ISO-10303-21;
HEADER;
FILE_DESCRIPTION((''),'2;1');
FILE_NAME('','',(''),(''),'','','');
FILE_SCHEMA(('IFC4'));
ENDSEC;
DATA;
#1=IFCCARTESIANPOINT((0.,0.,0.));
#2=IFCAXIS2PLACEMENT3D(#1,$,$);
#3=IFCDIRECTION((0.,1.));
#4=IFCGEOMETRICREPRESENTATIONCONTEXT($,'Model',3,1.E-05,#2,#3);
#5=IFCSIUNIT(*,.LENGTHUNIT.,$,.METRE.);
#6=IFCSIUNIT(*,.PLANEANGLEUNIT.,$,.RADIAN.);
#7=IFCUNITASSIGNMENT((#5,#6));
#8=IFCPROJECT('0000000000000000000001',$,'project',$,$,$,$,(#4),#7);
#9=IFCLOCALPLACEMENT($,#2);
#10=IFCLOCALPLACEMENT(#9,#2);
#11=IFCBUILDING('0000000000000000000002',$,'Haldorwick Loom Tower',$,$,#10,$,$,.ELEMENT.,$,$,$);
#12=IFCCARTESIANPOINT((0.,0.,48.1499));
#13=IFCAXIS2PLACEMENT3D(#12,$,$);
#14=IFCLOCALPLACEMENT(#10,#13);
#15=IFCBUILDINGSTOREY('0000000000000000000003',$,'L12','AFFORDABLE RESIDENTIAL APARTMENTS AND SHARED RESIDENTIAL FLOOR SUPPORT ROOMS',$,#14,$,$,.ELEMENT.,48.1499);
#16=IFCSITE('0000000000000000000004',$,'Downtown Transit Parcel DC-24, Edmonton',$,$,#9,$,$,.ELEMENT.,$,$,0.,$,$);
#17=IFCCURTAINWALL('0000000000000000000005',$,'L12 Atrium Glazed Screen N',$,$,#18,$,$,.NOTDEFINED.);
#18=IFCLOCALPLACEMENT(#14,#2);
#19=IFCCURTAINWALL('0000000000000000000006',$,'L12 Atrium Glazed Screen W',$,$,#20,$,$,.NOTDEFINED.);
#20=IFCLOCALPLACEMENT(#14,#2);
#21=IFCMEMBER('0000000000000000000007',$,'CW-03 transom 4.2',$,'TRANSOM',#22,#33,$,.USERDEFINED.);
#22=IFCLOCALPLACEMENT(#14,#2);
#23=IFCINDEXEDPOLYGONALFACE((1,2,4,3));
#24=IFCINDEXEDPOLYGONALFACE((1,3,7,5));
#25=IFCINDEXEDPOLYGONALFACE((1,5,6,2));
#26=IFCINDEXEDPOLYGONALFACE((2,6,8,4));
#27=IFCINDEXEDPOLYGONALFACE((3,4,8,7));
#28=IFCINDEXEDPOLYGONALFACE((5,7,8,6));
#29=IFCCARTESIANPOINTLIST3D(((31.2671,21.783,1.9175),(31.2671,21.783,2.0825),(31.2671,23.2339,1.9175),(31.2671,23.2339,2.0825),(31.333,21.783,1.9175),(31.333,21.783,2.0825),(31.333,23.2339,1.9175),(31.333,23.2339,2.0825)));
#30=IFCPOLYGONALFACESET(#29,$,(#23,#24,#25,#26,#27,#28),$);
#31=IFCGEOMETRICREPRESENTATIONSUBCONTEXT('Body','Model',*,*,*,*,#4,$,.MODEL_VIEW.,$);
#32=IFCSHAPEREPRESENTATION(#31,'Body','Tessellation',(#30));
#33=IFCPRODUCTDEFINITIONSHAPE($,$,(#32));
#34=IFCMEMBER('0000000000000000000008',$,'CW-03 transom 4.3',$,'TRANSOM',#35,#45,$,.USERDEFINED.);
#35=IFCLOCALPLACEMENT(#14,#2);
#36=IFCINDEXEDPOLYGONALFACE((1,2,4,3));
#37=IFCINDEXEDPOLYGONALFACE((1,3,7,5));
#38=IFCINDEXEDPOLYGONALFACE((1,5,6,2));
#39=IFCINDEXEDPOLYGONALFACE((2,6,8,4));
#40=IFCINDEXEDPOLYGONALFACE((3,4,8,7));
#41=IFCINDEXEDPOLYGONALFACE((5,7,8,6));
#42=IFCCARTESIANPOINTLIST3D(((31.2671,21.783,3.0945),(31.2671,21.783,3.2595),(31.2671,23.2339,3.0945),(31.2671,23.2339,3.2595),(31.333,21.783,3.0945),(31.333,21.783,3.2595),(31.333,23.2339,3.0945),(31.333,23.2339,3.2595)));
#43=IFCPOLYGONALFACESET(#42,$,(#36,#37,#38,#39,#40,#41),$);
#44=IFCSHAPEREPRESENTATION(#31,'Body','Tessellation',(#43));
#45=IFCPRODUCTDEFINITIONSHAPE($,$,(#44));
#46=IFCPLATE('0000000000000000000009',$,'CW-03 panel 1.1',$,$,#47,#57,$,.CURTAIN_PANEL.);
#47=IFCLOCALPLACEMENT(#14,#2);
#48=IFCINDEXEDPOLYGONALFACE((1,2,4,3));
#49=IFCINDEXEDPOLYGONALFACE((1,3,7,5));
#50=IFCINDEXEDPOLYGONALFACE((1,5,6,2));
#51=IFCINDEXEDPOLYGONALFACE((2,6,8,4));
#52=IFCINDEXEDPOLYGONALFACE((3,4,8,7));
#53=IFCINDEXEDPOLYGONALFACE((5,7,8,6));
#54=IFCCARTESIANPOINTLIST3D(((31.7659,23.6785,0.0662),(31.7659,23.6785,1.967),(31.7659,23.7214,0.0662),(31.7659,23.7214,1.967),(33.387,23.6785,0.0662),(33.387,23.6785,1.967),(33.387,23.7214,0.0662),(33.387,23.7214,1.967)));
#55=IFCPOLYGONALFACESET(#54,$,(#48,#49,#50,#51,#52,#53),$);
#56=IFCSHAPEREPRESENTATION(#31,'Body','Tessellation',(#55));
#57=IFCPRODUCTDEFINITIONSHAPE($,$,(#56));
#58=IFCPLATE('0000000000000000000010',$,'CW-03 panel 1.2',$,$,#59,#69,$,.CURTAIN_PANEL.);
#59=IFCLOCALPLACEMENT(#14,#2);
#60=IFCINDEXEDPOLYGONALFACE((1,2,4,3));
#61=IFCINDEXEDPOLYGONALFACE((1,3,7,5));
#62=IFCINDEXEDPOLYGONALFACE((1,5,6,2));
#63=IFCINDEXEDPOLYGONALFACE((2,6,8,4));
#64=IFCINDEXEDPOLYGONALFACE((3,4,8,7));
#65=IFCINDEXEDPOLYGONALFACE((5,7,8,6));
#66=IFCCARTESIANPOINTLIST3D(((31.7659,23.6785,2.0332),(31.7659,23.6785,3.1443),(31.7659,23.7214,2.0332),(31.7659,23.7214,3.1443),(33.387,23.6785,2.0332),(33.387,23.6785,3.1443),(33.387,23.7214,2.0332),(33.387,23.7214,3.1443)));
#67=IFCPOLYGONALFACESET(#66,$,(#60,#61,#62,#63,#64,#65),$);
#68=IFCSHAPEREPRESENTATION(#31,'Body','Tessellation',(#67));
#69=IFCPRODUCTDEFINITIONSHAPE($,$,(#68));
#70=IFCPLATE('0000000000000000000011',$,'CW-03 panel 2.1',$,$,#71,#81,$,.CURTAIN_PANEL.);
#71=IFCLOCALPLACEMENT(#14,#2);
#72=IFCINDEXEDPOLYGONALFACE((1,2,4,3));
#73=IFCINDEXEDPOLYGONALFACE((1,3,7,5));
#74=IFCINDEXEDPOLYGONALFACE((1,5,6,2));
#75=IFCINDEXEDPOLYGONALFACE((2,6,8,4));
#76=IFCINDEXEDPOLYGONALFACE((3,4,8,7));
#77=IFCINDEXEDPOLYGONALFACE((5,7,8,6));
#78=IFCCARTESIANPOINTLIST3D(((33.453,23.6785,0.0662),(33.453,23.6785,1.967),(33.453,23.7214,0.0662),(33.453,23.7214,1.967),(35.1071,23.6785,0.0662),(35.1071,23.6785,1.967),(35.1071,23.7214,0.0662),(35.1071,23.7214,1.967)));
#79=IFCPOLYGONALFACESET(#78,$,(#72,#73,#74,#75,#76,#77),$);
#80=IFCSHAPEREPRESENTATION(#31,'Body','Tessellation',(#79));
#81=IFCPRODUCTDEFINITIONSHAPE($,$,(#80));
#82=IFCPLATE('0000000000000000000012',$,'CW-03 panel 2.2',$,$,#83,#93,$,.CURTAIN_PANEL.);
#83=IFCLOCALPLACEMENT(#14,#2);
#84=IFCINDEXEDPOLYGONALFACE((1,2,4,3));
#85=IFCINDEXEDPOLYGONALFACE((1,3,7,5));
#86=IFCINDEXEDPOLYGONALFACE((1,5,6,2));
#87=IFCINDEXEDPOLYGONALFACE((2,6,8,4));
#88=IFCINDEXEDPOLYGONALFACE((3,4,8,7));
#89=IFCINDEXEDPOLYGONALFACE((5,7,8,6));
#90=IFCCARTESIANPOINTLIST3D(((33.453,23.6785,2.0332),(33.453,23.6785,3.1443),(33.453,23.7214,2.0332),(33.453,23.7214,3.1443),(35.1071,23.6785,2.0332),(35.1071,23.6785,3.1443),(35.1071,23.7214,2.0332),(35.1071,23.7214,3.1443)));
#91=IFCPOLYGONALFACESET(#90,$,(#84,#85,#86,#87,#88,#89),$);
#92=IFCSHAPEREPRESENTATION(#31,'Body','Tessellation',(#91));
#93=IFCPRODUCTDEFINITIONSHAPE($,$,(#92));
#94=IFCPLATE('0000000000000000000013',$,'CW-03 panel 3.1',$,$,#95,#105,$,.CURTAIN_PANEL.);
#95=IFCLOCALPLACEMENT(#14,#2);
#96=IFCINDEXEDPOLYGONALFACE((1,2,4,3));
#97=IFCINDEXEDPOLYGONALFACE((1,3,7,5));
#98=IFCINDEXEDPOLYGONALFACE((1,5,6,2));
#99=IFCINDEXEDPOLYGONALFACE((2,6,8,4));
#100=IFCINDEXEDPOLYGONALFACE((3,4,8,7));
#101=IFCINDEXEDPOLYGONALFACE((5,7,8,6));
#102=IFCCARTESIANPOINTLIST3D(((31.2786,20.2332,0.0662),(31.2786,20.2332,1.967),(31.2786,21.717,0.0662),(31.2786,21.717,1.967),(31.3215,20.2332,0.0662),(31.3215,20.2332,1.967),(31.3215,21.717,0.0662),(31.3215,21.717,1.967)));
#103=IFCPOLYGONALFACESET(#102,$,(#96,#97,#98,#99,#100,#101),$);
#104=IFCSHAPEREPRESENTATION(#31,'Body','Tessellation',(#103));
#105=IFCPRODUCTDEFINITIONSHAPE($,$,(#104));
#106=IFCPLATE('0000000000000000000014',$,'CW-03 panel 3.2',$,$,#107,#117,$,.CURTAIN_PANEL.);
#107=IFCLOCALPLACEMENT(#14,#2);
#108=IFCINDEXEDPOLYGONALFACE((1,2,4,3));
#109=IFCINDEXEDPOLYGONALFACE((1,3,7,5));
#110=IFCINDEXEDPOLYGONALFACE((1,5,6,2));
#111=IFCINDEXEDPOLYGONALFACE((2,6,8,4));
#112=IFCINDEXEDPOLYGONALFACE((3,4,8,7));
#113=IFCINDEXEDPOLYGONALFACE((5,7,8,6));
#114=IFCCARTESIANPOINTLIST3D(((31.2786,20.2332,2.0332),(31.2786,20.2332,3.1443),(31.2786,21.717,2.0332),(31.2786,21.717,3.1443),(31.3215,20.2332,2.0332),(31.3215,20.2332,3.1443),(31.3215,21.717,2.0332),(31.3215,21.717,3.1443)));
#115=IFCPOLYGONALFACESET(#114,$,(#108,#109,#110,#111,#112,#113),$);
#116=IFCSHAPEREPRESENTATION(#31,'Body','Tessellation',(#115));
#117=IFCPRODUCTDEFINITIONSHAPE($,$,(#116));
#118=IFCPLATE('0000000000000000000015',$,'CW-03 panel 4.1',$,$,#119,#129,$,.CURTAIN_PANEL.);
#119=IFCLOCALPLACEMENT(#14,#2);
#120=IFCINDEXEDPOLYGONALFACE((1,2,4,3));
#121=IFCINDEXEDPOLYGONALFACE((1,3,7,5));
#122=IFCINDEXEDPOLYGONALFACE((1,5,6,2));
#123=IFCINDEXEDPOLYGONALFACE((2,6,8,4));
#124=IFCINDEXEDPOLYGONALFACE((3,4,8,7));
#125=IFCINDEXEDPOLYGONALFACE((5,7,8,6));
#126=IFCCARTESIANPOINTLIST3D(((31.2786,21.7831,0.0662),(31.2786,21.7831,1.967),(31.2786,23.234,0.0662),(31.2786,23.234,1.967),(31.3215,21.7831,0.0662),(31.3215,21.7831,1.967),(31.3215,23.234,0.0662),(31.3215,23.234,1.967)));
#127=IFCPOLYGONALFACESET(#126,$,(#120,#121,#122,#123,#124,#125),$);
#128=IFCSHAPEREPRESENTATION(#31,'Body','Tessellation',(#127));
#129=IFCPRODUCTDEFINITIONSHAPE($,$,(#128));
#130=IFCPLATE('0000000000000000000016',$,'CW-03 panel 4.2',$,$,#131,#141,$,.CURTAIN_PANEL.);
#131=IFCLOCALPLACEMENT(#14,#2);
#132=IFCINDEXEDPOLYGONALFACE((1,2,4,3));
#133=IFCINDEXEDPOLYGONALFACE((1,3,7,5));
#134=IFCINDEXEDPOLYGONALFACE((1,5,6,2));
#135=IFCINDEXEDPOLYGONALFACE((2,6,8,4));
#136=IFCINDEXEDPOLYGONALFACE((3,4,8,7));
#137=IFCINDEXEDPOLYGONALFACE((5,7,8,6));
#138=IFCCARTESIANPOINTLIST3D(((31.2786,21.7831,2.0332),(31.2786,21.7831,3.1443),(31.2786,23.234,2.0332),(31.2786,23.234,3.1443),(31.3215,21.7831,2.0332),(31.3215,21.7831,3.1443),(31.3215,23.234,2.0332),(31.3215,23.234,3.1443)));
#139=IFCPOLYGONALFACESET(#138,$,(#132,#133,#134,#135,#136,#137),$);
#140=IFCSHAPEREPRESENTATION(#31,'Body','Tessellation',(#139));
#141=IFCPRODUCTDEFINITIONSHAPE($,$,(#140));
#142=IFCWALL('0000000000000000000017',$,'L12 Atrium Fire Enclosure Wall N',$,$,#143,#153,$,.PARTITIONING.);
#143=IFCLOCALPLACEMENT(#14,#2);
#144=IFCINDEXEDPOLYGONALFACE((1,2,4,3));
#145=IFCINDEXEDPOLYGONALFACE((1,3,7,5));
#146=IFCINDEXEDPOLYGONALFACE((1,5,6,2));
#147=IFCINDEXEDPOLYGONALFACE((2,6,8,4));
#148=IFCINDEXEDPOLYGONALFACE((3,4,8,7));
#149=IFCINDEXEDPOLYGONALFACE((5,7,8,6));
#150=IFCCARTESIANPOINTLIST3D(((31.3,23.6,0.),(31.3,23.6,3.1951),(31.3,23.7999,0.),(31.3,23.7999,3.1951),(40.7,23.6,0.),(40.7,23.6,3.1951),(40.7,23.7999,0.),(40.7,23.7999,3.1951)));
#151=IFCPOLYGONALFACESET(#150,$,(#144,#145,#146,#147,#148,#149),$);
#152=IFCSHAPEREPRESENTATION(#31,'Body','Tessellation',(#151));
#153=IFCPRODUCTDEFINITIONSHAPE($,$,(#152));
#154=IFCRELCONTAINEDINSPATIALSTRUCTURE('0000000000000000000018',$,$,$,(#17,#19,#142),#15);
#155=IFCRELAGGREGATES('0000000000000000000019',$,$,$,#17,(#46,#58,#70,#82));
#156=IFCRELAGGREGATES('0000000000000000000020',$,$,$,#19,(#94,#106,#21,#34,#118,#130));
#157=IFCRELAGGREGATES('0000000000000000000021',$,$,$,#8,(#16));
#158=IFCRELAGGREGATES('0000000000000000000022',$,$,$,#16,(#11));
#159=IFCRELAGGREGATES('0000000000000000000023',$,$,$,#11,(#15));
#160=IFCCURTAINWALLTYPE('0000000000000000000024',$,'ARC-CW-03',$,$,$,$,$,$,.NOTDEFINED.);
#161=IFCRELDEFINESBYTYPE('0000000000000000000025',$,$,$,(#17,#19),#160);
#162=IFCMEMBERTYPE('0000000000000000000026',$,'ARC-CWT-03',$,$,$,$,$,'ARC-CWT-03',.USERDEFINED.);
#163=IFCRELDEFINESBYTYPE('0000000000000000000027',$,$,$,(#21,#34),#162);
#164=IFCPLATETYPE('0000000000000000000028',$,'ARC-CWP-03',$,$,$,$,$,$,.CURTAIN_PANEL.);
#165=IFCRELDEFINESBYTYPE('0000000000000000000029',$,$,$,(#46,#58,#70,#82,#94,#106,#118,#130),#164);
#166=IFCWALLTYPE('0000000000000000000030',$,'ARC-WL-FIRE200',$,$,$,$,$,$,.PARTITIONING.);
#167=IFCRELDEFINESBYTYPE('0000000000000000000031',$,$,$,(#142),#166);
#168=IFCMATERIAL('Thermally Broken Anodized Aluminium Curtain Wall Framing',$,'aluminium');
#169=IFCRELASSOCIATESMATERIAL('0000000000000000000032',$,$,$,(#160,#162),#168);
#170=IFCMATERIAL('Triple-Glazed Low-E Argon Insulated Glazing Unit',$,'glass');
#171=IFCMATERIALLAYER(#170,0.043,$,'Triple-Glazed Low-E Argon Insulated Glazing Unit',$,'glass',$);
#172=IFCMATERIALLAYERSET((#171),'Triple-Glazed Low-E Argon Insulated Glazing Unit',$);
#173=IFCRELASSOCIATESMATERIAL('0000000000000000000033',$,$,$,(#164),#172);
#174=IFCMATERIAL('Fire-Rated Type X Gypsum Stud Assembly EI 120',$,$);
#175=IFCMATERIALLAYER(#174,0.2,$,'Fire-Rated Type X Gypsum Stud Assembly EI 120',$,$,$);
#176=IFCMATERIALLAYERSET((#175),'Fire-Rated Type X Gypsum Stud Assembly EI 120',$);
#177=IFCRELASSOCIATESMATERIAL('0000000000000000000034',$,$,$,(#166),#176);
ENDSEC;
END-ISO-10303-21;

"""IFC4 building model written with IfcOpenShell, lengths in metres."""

from ifc_helpers import new_model, si_unit, direction, frame, frame_2d, origin, origin_2d, place, context, subcontext, project, spatial, rectangle, extrude, material, layer, layer_set, material_profile, profile_set, type_object, element, aggregate, save


model = new_model("IFC4")

# Units and contexts
model_context = context("Model", 3, precision=1e-05, world=origin(), true_north=direction((0.0, 1.0)))
body_context = subcontext(model_context, "Body", "Model", "MODEL_VIEW")
ifc_project = project(units=[si_unit("LENGTHUNIT", "METRE"), si_unit("PLANEANGLEUNIT", "RADIAN")], contexts=[model_context])

# Site, building, storey
site_placement = place(None, origin())
site = spatial("IfcSite", under=ifc_project, at=site_placement, Name="Downtown Transit Parcel DC-24, Edmonton", CompositionType="ELEMENT", RefElevation=0.0)
building_placement = place(site_placement, origin())
building = spatial("IfcBuilding", under=site, at=building_placement, Name="Haldorwick Loom Tower", CompositionType="ELEMENT")
storey_placement = place(building_placement, frame((0.0, 0.0, 48.1499)))
storey = spatial("IfcBuildingStorey", under=building, at=storey_placement, Name="L12", Description="AFFORDABLE RESIDENTIAL APARTMENTS AND SHARED RESIDENTIAL FLOOR SUPPORT ROOMS", CompositionType="ELEMENT", Elevation=48.1499)

# Curtain walls
ifc_material_1 = material(Name="Thermally Broken Anodized Aluminium Curtain Wall Framing", Category="aluminium")
curtain_wall_type = type_object("IfcCurtainWallType", Name="ARC-CW-03", PredefinedType="NOTDEFINED", material=ifc_material_1)
curtain_wall_1_placement = place(storey_placement, origin())
curtain_wall_1 = element("IfcCurtainWall", 1, at=curtain_wall_1_placement, inside=storey, type_object=curtain_wall_type, Name="L12 Atrium Glazed Screen N", PredefinedType="NOTDEFINED")
curtain_wall_2_placement = place(storey_placement, origin())
curtain_wall_2 = element("IfcCurtainWall", 2, at=curtain_wall_2_placement, inside=storey, type_object=curtain_wall_type, Name="L12 Atrium Glazed Screen W", PredefinedType="NOTDEFINED")

# Members
ifc_material_profile_1 = material_profile(ifc_material_1, rectangle(XDim=0.0659, YDim=0.165, at=origin_2d()), Name="ALU_TRN_66X165", Category="aluminium")
ifc_profile_set_1 = profile_set([ifc_material_profile_1], Name="Thermally Broken Anodized Aluminium Curtain Wall Framing")
member_type_1 = type_object("IfcMemberType", Name="ARC-CWT-03", ElementType="ARC-CWT-03", PredefinedType="USERDEFINED", material=ifc_profile_set_1)
member_1_placement = place(storey_placement, frame((31.3, 21.783, 2.0), z_axis=(0.0, 1.0, 0.0), x_axis=(-1.0, 0.0, 0.0)))
member_1 = element("IfcMember", 3, at=member_1_placement, type_object=member_type_1, Name="CW-03 transom 4.2", ObjectType="TRANSOM", PredefinedType="USERDEFINED", context=body_context, shape_type="SweptSolid", body=[
    extrude(rectangle(XDim=0.0659, YDim=0.165, at=origin_2d()), origin(), (0.0, 0.0, 1.0), 1.4509),
])
member_2_placement = place(storey_placement, frame((31.3, 21.783, 3.177), z_axis=(0.0, 1.0, 0.0), x_axis=(-1.0, 0.0, 0.0)))
member_2 = element("IfcMember", 4, at=member_2_placement, type_object=member_type_1, Name="CW-03 transom 4.3", ObjectType="TRANSOM", PredefinedType="USERDEFINED", context=body_context, shape_type="SweptSolid", body=[
    extrude(rectangle(XDim=0.0659, YDim=0.165, at=origin_2d()), origin(), (0.0, 0.0, 1.0), 1.4509),
])

# Plates
ifc_material_2 = material(Name="Triple-Glazed Low-E Argon Insulated Glazing Unit", Category="glass")
ifc_layer_1 = layer(ifc_material_2, 0.043, Name="Triple-Glazed Low-E Argon Insulated Glazing Unit", Category="glass")
ifc_layer_set_1 = layer_set([ifc_layer_1], Name="Triple-Glazed Low-E Argon Insulated Glazing Unit")
plate_type = type_object("IfcPlateType", Name="ARC-CWP-03", PredefinedType="CURTAIN_PANEL", material=ifc_layer_set_1)
plate_1_placement = place(storey_placement, frame((32.5764, 23.7, 0.0662), z_axis=(0.0, 0.0, 1.0), x_axis=(1.0, 0.0, 0.0)))
plate_1 = element("IfcPlate", 5, at=plate_1_placement, type_object=plate_type, Name="CW-03 panel 1.1", PredefinedType="CURTAIN_PANEL", context=body_context, shape_type="SweptSolid", body=[
    extrude(rectangle(XDim=1.6211, YDim=0.043, at=origin_2d()), origin(), (0.0, 0.0, 1.0), 1.9009),
])
plate_2_placement = place(storey_placement, frame((32.5764, 23.7, 2.0332), z_axis=(0.0, 0.0, 1.0), x_axis=(1.0, 0.0, 0.0)))
plate_2 = element("IfcPlate", 6, at=plate_2_placement, type_object=plate_type, Name="CW-03 panel 1.2", PredefinedType="CURTAIN_PANEL", context=body_context, shape_type="SweptSolid", body=[
    extrude(rectangle(XDim=1.6211, YDim=0.043, at=origin_2d()), origin(), (0.0, 0.0, 1.0), 1.1111),
])
plate_3_placement = place(storey_placement, frame((34.28, 23.7, 0.0662), z_axis=(0.0, 0.0, 1.0), x_axis=(1.0, 0.0, 0.0)))
plate_3 = element("IfcPlate", 7, at=plate_3_placement, type_object=plate_type, Name="CW-03 panel 2.1", PredefinedType="CURTAIN_PANEL", context=body_context, shape_type="SweptSolid", body=[
    extrude(rectangle(XDim=1.6541, YDim=0.043, at=origin_2d()), origin(), (0.0, 0.0, 1.0), 1.9009),
])
plate_4_placement = place(storey_placement, frame((34.28, 23.7, 2.0332), z_axis=(0.0, 0.0, 1.0), x_axis=(1.0, 0.0, 0.0)))
plate_4 = element("IfcPlate", 8, at=plate_4_placement, type_object=plate_type, Name="CW-03 panel 2.2", PredefinedType="CURTAIN_PANEL", context=body_context, shape_type="SweptSolid", body=[
    extrude(rectangle(XDim=1.6541, YDim=0.043, at=origin_2d()), origin(), (0.0, 0.0, 1.0), 1.1111),
])
aggregate(curtain_wall_1, [plate_1, plate_2, plate_3, plate_4])
plate_5_placement = place(storey_placement, frame((31.3, 20.9751, 0.0662), z_axis=(0.0, 0.0, 1.0), x_axis=(0.0, 1.0, 0.0)))
plate_5 = element("IfcPlate", 9, at=plate_5_placement, type_object=plate_type, Name="CW-03 panel 3.1", PredefinedType="CURTAIN_PANEL", context=body_context, shape_type="SweptSolid", body=[
    extrude(rectangle(XDim=1.4839, YDim=0.043, at=origin_2d()), origin(), (0.0, 0.0, 1.0), 1.9009),
])
plate_6_placement = place(storey_placement, frame((31.3, 20.9751, 2.0332), z_axis=(0.0, 0.0, 1.0), x_axis=(0.0, 1.0, 0.0)))
plate_6 = element("IfcPlate", 10, at=plate_6_placement, type_object=plate_type, Name="CW-03 panel 3.2", PredefinedType="CURTAIN_PANEL", context=body_context, shape_type="SweptSolid", body=[
    extrude(rectangle(XDim=1.4839, YDim=0.043, at=origin_2d()), origin(), (0.0, 0.0, 1.0), 1.1111),
])
plate_7_placement = place(storey_placement, frame((31.3, 22.5085, 0.0662), z_axis=(0.0, 0.0, 1.0), x_axis=(0.0, 1.0, 0.0)))
plate_7 = element("IfcPlate", 11, at=plate_7_placement, type_object=plate_type, Name="CW-03 panel 4.1", PredefinedType="CURTAIN_PANEL", context=body_context, shape_type="SweptSolid", body=[
    extrude(rectangle(XDim=1.4509, YDim=0.043, at=origin_2d()), origin(), (0.0, 0.0, 1.0), 1.9009),
])
plate_8_placement = place(storey_placement, frame((31.3, 22.5085, 2.0332), z_axis=(0.0, 0.0, 1.0), x_axis=(0.0, 1.0, 0.0)))
plate_8 = element("IfcPlate", 12, at=plate_8_placement, type_object=plate_type, Name="CW-03 panel 4.2", PredefinedType="CURTAIN_PANEL", context=body_context, shape_type="SweptSolid", body=[
    extrude(rectangle(XDim=1.4509, YDim=0.043, at=origin_2d()), origin(), (0.0, 0.0, 1.0), 1.1111),
])
aggregate(curtain_wall_2, [plate_5, plate_6, member_1, member_2, plate_7, plate_8])

# Wall
ifc_material_3 = material(Name="Fire-Rated Type X Gypsum Stud Assembly EI 120")
ifc_layer_2 = layer(ifc_material_3, 0.2, Name="Fire-Rated Type X Gypsum Stud Assembly EI 120")
ifc_layer_set_2 = layer_set([ifc_layer_2], Name="Fire-Rated Type X Gypsum Stud Assembly EI 120")
wall_type = type_object("IfcWallType", Name="ARC-WL-FIRE200", PredefinedType="PARTITIONING", material=ifc_layer_set_2)
wall_placement = place(storey_placement, frame((31.3, 23.7, 0.0), z_axis=(0.0, 0.0, 1.0), x_axis=(1.0, 0.0, 0.0)))
element("IfcWall", 13, at=wall_placement, inside=storey, type_object=wall_type, Name="L12 Atrium Fire Enclosure Wall N", PredefinedType="PARTITIONING", context=body_context, shape_type="SweptSolid", body=[
    extrude(rectangle(XDim=9.3999, YDim=0.2, at=frame_2d((4.7, 0.0))), origin(), (0.0, 0.0, 1.0), 3.1951),
])

save(model, "model.ifc")
